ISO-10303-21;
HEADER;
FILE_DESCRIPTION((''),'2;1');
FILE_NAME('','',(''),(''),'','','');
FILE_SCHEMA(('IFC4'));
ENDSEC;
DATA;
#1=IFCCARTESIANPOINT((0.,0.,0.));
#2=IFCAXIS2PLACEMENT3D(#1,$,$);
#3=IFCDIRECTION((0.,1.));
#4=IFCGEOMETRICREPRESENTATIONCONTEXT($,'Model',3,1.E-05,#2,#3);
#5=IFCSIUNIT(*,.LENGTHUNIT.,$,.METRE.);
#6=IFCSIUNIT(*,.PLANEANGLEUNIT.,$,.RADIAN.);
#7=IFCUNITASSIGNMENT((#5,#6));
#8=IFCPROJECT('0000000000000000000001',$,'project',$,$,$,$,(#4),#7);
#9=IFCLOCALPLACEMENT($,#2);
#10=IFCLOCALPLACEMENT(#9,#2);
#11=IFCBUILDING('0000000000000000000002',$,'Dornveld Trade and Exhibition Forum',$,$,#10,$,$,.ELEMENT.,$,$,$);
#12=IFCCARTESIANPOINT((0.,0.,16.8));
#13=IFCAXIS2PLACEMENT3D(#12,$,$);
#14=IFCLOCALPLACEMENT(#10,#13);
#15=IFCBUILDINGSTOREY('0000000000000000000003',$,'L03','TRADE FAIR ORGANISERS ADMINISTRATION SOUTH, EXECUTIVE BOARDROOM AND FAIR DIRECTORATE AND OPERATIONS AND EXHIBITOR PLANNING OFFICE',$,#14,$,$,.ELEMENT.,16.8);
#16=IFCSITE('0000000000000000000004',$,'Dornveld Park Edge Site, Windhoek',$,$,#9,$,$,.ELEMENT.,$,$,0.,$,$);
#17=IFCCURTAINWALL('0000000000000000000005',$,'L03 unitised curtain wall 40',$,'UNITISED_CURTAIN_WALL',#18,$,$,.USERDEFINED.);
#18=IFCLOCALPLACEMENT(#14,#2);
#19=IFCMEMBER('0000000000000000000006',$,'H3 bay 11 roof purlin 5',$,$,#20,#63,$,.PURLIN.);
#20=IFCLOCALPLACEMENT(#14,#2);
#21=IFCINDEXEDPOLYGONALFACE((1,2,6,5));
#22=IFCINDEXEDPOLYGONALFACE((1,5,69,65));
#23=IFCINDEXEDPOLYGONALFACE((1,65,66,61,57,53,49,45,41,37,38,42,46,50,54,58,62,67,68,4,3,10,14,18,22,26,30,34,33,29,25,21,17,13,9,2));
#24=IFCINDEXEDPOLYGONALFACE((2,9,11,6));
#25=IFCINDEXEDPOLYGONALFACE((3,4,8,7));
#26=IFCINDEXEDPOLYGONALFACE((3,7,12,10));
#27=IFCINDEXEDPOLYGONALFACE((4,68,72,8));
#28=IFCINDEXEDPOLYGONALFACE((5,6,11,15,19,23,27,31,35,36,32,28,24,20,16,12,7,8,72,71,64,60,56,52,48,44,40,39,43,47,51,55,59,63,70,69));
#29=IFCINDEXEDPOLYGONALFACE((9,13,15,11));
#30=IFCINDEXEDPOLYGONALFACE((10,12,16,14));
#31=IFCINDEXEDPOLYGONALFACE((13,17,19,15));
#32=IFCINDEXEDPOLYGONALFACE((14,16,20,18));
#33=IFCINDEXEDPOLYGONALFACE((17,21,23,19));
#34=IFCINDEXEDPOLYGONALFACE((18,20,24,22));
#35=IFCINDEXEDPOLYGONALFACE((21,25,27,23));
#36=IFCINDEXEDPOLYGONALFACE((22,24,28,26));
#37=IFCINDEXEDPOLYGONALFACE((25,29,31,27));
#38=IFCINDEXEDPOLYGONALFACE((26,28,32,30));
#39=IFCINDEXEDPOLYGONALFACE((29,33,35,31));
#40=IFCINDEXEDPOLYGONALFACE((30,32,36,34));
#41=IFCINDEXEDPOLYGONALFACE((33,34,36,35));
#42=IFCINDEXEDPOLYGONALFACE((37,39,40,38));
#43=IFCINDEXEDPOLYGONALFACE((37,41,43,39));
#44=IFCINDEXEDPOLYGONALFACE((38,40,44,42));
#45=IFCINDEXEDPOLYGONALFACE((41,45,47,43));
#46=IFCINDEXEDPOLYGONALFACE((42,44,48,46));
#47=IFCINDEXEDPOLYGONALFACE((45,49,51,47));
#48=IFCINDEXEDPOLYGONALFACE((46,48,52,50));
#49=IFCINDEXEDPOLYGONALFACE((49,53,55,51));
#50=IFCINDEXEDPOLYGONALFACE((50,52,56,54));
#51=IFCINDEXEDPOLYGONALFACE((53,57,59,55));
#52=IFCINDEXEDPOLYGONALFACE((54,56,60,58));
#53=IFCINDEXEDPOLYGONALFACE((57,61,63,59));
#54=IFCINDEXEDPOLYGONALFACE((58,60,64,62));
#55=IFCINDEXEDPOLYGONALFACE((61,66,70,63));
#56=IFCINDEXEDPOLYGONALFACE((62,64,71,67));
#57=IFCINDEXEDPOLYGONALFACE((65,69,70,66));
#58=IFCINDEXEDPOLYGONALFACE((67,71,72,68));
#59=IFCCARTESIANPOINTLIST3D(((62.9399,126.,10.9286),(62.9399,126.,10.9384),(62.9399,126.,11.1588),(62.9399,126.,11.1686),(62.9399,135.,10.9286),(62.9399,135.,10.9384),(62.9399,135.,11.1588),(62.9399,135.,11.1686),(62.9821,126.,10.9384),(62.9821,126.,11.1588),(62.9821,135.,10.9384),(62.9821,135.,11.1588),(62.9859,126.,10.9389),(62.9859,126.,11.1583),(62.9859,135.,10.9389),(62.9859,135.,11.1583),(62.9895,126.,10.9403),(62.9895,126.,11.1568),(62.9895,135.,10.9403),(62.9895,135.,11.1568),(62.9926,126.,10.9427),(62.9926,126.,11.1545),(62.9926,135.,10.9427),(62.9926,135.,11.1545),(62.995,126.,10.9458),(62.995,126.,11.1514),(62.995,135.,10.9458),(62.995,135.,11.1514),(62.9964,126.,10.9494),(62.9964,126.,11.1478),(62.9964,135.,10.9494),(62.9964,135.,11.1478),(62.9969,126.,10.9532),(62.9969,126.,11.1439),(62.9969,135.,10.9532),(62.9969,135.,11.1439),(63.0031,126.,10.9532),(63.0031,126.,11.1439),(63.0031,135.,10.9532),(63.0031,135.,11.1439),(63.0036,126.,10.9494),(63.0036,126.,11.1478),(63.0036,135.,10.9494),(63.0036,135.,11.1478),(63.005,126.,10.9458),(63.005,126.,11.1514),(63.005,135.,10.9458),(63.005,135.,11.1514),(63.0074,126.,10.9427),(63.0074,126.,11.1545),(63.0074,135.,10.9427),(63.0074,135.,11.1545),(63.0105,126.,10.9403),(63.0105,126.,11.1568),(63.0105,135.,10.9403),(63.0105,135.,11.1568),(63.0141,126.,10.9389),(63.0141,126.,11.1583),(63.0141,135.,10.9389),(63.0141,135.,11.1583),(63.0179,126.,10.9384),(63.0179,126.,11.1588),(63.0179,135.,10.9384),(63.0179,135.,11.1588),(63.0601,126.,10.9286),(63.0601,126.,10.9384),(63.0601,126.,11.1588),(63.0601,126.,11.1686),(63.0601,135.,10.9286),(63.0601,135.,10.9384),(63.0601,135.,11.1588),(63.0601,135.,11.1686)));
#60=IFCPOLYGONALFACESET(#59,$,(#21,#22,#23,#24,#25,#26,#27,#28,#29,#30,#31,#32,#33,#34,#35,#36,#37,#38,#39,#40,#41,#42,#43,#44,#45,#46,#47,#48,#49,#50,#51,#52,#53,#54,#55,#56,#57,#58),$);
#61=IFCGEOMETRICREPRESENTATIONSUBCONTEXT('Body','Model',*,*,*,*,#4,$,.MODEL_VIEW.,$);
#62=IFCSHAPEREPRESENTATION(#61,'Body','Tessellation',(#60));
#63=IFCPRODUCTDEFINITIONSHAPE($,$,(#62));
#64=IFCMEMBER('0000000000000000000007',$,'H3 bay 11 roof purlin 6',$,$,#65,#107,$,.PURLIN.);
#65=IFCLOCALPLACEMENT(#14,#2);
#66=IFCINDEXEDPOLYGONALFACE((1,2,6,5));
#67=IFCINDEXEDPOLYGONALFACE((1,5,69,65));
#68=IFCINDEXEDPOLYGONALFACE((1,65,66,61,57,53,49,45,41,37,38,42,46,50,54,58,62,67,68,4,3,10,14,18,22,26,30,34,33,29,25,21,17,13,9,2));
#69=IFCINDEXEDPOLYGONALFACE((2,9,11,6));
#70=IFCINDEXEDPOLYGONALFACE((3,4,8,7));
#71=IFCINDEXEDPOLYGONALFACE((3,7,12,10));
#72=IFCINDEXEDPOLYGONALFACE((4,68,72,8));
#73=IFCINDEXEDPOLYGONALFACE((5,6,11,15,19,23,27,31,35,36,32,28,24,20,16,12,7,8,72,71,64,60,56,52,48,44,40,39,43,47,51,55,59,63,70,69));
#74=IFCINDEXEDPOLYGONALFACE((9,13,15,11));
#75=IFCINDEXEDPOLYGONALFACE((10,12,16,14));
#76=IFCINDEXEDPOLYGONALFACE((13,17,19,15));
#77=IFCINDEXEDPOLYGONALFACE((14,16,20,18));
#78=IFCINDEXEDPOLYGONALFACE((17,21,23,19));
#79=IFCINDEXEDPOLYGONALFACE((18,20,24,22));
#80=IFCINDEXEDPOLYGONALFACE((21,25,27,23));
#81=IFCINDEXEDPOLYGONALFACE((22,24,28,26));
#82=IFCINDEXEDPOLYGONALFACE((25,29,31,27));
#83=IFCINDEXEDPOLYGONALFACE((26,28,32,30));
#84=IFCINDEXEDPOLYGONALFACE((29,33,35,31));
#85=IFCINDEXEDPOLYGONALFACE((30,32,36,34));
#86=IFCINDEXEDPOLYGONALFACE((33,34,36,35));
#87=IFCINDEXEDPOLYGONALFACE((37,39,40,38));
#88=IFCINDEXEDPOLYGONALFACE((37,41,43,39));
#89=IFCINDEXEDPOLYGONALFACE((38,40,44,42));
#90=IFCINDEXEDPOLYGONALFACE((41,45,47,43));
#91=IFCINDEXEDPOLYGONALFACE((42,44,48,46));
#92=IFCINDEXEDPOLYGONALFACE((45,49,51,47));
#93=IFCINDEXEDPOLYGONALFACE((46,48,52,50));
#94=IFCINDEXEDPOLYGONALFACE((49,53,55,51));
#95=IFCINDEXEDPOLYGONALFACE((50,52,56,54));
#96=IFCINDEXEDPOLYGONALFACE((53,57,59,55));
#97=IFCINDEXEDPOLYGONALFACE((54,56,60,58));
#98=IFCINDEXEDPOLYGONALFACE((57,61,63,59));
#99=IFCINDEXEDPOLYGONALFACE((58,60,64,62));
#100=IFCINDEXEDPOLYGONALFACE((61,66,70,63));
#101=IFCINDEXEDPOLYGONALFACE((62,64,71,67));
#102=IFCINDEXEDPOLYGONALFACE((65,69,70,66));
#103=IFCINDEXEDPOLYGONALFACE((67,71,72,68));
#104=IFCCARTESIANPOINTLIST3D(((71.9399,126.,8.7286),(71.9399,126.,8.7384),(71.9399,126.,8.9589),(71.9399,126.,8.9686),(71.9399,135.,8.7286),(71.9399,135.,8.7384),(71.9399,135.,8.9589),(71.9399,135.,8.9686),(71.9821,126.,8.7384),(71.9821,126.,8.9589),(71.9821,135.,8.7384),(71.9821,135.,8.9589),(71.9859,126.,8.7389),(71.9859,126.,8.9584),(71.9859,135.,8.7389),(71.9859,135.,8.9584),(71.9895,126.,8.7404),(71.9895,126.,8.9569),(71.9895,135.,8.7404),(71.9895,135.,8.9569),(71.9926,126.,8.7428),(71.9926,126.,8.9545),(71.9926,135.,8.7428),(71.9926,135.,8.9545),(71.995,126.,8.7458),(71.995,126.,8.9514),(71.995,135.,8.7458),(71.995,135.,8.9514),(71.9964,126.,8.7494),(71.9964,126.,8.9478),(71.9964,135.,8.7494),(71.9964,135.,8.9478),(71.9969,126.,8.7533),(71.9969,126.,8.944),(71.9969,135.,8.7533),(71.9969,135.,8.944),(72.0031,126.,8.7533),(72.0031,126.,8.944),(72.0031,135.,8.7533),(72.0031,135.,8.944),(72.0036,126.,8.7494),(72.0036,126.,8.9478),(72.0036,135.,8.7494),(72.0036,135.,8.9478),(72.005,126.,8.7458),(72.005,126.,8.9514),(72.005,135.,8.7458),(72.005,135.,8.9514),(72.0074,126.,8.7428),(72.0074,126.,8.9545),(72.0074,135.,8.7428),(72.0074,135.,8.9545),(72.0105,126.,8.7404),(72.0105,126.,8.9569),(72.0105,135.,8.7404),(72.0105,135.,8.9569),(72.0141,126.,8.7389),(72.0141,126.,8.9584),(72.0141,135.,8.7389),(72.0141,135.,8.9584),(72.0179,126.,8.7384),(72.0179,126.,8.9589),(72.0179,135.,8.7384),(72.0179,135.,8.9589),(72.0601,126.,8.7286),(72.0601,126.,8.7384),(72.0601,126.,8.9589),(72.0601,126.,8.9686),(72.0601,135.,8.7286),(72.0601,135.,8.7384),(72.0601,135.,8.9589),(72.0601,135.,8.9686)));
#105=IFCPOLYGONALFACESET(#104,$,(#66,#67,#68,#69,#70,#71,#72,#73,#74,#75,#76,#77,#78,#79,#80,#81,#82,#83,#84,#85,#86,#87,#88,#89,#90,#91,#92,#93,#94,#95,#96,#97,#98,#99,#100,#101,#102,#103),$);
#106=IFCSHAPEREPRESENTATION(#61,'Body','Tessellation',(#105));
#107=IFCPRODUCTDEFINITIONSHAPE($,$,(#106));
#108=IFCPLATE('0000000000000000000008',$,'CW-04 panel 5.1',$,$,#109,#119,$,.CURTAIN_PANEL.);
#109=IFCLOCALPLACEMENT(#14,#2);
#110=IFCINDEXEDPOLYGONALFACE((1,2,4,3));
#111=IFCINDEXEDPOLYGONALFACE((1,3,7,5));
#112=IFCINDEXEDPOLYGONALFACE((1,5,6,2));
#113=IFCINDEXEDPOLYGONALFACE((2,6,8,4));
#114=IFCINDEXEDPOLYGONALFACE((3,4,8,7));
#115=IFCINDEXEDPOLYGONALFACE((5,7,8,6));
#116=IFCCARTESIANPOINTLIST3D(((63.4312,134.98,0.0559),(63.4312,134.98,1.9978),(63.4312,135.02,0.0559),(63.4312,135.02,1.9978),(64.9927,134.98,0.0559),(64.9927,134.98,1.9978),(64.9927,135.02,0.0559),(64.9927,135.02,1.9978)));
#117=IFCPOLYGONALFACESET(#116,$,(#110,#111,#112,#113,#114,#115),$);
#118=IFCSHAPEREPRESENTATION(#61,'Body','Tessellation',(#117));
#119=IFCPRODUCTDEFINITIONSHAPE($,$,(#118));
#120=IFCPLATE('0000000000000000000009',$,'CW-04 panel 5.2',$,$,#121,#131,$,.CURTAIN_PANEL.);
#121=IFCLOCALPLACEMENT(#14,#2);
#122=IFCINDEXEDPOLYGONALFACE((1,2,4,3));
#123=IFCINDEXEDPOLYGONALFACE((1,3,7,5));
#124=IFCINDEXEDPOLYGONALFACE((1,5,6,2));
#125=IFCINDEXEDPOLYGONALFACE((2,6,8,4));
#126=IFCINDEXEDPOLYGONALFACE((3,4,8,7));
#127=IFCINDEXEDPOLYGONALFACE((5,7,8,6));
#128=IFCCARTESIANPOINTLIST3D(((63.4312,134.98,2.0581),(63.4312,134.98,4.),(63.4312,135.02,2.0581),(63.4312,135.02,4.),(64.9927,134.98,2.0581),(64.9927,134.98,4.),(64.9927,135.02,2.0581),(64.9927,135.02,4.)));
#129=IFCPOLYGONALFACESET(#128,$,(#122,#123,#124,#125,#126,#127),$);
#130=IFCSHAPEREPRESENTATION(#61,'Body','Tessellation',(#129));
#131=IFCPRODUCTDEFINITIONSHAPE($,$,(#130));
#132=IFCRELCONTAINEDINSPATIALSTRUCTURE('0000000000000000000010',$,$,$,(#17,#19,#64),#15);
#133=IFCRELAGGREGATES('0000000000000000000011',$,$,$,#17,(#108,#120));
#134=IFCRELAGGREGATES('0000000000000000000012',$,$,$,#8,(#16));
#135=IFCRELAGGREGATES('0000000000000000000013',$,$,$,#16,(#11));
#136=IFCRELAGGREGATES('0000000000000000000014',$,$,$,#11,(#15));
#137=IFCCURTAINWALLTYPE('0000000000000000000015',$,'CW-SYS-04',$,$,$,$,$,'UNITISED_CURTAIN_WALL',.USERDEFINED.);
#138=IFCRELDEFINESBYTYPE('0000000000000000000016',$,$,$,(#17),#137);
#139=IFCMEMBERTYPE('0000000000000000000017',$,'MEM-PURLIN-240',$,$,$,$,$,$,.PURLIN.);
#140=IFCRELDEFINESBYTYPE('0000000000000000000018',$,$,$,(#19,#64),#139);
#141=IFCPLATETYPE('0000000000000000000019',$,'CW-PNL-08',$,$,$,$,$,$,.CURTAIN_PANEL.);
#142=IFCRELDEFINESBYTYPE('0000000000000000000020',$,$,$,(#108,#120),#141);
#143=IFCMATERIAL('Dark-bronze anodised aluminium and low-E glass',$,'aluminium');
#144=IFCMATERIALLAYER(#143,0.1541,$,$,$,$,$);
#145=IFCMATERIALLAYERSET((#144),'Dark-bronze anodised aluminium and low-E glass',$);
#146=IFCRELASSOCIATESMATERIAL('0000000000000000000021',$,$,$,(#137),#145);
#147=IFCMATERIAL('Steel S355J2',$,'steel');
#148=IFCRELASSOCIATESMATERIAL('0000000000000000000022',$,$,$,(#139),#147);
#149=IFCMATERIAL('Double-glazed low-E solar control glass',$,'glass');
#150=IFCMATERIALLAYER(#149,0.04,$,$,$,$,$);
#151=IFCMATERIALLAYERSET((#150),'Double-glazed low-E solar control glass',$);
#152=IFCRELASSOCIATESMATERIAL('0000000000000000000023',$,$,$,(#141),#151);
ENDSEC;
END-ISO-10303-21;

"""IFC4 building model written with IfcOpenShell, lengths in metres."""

from ifc_helpers import new_model, si_unit, direction, frame, origin, origin_2d, place, context, subcontext, project, spatial, rectangle, i_section, extrude, material, layer, layer_set, material_profile, profile_set, type_object, element, aggregate, save


model = new_model("IFC4")

# Units and contexts
model_context = context("Model", 3, precision=1e-05, world=origin(), true_north=direction((0.0, 1.0)))
body_context = subcontext(model_context, "Body", "Model", "MODEL_VIEW")
ifc_project = project(units=[si_unit("LENGTHUNIT", "METRE"), si_unit("PLANEANGLEUNIT", "RADIAN")], contexts=[model_context])

# Site, building, storey
site_placement = place(None, origin())
site = spatial("IfcSite", under=ifc_project, at=site_placement, Name="Dornveld Park Edge Site, Windhoek", CompositionType="ELEMENT", RefElevation=0.0)
building_placement = place(site_placement, origin())
building = spatial("IfcBuilding", under=site, at=building_placement, Name="Dornveld Trade and Exhibition Forum", CompositionType="ELEMENT")
storey_placement = place(building_placement, frame((0.0, 0.0, 16.8)))
storey = spatial("IfcBuildingStorey", under=building, at=storey_placement, Name="L03", Description="TRADE FAIR ORGANISERS ADMINISTRATION SOUTH, EXECUTIVE BOARDROOM AND FAIR DIRECTORATE AND OPERATIONS AND EXHIBITOR PLANNING OFFICE", CompositionType="ELEMENT", Elevation=16.8)

# Curtain wall
ifc_material_1 = material(Name="Dark-bronze anodised aluminium and low-E glass", Category="aluminium")
ifc_layer_1 = layer(ifc_material_1, 0.1541)
ifc_layer_set_1 = layer_set([ifc_layer_1], Name="Dark-bronze anodised aluminium and low-E glass")
curtain_wall_type_1 = type_object("IfcCurtainWallType", Name="CW-SYS-04", ElementType="UNITISED_CURTAIN_WALL", PredefinedType="USERDEFINED", material=ifc_layer_set_1)
curtain_wall_1_placement = place(storey_placement, origin())
curtain_wall_1 = element("IfcCurtainWall", 1, at=curtain_wall_1_placement, inside=storey, type_object=curtain_wall_type_1, Name="L03 unitised curtain wall 40", ObjectType="UNITISED_CURTAIN_WALL", PredefinedType="USERDEFINED")

# Members
ifc_material_2 = material(Name="Steel S355J2", Category="steel")
ifc_material_profile_1 = material_profile(ifc_material_2, i_section(OverallWidth=0.1201, OverallDepth=0.24, WebThickness=0.0061, FlangeThickness=0.0098, FilletRadius=0.0149, at=origin_2d()), Name="IPE 240")
ifc_profile_set_1 = profile_set([ifc_material_profile_1], Name="Steel S355J2")
member_type_1 = type_object("IfcMemberType", Name="MEM-PURLIN-240", PredefinedType="PURLIN", material=ifc_profile_set_1)
for number, where, z_axis, x_axis, name in (
    (2, (63.0, 126.0, 11.0486), (0.0, 1.0, 0.0), (-1.0, 0.0, 0.0), "H3 bay 11 roof purlin 5"),
    (3, (72.0, 126.0, 8.8486), (0.0, 1.0, 0.0), (-1.0, 0.0, 0.0), "H3 bay 11 roof purlin 6"),
):
    element("IfcMember", number, at=place(storey_placement, frame(where, z_axis=z_axis, x_axis=x_axis)), inside=storey, type_object=member_type_1, Name=name, PredefinedType="PURLIN", context=body_context, shape_type="SweptSolid", body=[
        extrude(i_section(OverallWidth=0.1201, OverallDepth=0.24, WebThickness=0.0061, FlangeThickness=0.0098, FilletRadius=0.0149, at=origin_2d()), origin(), (0.0, 0.0, 1.0), 9.0),
    ])

# Plates
ifc_material_3 = material(Name="Double-glazed low-E solar control glass", Category="glass")
ifc_layer_2 = layer(ifc_material_3, 0.04)
ifc_layer_set_2 = layer_set([ifc_layer_2], Name="Double-glazed low-E solar control glass")
plate_type = type_object("IfcPlateType", Name="CW-PNL-08", PredefinedType="CURTAIN_PANEL", material=ifc_layer_set_2)
plate_1_placement = place(storey_placement, frame((64.2119, 135.0, 0.0559), z_axis=(0.0, 0.0, 1.0), x_axis=(-1.0, 0.0, 0.0)))
plate_1 = element("IfcPlate", 4, at=plate_1_placement, type_object=plate_type, Name="CW-04 panel 5.1", PredefinedType="CURTAIN_PANEL", context=body_context, shape_type="SweptSolid", body=[
    extrude(rectangle(XDim=1.5615, YDim=0.04, at=origin_2d()), origin(), (0.0, 0.0, 1.0), 1.9419),
])
plate_2_placement = place(storey_placement, frame((64.2119, 135.0, 2.0581), z_axis=(0.0, 0.0, 1.0), x_axis=(-1.0, 0.0, 0.0)))
plate_2 = element("IfcPlate", 5, at=plate_2_placement, type_object=plate_type, Name="CW-04 panel 5.2", PredefinedType="CURTAIN_PANEL", context=body_context, shape_type="SweptSolid", body=[
    extrude(rectangle(XDim=1.5615, YDim=0.04, at=origin_2d()), origin(), (0.0, 0.0, 1.0), 1.9419),
])
aggregate(curtain_wall_1, [plate_1, plate_2])

save(model, "model.ifc")
